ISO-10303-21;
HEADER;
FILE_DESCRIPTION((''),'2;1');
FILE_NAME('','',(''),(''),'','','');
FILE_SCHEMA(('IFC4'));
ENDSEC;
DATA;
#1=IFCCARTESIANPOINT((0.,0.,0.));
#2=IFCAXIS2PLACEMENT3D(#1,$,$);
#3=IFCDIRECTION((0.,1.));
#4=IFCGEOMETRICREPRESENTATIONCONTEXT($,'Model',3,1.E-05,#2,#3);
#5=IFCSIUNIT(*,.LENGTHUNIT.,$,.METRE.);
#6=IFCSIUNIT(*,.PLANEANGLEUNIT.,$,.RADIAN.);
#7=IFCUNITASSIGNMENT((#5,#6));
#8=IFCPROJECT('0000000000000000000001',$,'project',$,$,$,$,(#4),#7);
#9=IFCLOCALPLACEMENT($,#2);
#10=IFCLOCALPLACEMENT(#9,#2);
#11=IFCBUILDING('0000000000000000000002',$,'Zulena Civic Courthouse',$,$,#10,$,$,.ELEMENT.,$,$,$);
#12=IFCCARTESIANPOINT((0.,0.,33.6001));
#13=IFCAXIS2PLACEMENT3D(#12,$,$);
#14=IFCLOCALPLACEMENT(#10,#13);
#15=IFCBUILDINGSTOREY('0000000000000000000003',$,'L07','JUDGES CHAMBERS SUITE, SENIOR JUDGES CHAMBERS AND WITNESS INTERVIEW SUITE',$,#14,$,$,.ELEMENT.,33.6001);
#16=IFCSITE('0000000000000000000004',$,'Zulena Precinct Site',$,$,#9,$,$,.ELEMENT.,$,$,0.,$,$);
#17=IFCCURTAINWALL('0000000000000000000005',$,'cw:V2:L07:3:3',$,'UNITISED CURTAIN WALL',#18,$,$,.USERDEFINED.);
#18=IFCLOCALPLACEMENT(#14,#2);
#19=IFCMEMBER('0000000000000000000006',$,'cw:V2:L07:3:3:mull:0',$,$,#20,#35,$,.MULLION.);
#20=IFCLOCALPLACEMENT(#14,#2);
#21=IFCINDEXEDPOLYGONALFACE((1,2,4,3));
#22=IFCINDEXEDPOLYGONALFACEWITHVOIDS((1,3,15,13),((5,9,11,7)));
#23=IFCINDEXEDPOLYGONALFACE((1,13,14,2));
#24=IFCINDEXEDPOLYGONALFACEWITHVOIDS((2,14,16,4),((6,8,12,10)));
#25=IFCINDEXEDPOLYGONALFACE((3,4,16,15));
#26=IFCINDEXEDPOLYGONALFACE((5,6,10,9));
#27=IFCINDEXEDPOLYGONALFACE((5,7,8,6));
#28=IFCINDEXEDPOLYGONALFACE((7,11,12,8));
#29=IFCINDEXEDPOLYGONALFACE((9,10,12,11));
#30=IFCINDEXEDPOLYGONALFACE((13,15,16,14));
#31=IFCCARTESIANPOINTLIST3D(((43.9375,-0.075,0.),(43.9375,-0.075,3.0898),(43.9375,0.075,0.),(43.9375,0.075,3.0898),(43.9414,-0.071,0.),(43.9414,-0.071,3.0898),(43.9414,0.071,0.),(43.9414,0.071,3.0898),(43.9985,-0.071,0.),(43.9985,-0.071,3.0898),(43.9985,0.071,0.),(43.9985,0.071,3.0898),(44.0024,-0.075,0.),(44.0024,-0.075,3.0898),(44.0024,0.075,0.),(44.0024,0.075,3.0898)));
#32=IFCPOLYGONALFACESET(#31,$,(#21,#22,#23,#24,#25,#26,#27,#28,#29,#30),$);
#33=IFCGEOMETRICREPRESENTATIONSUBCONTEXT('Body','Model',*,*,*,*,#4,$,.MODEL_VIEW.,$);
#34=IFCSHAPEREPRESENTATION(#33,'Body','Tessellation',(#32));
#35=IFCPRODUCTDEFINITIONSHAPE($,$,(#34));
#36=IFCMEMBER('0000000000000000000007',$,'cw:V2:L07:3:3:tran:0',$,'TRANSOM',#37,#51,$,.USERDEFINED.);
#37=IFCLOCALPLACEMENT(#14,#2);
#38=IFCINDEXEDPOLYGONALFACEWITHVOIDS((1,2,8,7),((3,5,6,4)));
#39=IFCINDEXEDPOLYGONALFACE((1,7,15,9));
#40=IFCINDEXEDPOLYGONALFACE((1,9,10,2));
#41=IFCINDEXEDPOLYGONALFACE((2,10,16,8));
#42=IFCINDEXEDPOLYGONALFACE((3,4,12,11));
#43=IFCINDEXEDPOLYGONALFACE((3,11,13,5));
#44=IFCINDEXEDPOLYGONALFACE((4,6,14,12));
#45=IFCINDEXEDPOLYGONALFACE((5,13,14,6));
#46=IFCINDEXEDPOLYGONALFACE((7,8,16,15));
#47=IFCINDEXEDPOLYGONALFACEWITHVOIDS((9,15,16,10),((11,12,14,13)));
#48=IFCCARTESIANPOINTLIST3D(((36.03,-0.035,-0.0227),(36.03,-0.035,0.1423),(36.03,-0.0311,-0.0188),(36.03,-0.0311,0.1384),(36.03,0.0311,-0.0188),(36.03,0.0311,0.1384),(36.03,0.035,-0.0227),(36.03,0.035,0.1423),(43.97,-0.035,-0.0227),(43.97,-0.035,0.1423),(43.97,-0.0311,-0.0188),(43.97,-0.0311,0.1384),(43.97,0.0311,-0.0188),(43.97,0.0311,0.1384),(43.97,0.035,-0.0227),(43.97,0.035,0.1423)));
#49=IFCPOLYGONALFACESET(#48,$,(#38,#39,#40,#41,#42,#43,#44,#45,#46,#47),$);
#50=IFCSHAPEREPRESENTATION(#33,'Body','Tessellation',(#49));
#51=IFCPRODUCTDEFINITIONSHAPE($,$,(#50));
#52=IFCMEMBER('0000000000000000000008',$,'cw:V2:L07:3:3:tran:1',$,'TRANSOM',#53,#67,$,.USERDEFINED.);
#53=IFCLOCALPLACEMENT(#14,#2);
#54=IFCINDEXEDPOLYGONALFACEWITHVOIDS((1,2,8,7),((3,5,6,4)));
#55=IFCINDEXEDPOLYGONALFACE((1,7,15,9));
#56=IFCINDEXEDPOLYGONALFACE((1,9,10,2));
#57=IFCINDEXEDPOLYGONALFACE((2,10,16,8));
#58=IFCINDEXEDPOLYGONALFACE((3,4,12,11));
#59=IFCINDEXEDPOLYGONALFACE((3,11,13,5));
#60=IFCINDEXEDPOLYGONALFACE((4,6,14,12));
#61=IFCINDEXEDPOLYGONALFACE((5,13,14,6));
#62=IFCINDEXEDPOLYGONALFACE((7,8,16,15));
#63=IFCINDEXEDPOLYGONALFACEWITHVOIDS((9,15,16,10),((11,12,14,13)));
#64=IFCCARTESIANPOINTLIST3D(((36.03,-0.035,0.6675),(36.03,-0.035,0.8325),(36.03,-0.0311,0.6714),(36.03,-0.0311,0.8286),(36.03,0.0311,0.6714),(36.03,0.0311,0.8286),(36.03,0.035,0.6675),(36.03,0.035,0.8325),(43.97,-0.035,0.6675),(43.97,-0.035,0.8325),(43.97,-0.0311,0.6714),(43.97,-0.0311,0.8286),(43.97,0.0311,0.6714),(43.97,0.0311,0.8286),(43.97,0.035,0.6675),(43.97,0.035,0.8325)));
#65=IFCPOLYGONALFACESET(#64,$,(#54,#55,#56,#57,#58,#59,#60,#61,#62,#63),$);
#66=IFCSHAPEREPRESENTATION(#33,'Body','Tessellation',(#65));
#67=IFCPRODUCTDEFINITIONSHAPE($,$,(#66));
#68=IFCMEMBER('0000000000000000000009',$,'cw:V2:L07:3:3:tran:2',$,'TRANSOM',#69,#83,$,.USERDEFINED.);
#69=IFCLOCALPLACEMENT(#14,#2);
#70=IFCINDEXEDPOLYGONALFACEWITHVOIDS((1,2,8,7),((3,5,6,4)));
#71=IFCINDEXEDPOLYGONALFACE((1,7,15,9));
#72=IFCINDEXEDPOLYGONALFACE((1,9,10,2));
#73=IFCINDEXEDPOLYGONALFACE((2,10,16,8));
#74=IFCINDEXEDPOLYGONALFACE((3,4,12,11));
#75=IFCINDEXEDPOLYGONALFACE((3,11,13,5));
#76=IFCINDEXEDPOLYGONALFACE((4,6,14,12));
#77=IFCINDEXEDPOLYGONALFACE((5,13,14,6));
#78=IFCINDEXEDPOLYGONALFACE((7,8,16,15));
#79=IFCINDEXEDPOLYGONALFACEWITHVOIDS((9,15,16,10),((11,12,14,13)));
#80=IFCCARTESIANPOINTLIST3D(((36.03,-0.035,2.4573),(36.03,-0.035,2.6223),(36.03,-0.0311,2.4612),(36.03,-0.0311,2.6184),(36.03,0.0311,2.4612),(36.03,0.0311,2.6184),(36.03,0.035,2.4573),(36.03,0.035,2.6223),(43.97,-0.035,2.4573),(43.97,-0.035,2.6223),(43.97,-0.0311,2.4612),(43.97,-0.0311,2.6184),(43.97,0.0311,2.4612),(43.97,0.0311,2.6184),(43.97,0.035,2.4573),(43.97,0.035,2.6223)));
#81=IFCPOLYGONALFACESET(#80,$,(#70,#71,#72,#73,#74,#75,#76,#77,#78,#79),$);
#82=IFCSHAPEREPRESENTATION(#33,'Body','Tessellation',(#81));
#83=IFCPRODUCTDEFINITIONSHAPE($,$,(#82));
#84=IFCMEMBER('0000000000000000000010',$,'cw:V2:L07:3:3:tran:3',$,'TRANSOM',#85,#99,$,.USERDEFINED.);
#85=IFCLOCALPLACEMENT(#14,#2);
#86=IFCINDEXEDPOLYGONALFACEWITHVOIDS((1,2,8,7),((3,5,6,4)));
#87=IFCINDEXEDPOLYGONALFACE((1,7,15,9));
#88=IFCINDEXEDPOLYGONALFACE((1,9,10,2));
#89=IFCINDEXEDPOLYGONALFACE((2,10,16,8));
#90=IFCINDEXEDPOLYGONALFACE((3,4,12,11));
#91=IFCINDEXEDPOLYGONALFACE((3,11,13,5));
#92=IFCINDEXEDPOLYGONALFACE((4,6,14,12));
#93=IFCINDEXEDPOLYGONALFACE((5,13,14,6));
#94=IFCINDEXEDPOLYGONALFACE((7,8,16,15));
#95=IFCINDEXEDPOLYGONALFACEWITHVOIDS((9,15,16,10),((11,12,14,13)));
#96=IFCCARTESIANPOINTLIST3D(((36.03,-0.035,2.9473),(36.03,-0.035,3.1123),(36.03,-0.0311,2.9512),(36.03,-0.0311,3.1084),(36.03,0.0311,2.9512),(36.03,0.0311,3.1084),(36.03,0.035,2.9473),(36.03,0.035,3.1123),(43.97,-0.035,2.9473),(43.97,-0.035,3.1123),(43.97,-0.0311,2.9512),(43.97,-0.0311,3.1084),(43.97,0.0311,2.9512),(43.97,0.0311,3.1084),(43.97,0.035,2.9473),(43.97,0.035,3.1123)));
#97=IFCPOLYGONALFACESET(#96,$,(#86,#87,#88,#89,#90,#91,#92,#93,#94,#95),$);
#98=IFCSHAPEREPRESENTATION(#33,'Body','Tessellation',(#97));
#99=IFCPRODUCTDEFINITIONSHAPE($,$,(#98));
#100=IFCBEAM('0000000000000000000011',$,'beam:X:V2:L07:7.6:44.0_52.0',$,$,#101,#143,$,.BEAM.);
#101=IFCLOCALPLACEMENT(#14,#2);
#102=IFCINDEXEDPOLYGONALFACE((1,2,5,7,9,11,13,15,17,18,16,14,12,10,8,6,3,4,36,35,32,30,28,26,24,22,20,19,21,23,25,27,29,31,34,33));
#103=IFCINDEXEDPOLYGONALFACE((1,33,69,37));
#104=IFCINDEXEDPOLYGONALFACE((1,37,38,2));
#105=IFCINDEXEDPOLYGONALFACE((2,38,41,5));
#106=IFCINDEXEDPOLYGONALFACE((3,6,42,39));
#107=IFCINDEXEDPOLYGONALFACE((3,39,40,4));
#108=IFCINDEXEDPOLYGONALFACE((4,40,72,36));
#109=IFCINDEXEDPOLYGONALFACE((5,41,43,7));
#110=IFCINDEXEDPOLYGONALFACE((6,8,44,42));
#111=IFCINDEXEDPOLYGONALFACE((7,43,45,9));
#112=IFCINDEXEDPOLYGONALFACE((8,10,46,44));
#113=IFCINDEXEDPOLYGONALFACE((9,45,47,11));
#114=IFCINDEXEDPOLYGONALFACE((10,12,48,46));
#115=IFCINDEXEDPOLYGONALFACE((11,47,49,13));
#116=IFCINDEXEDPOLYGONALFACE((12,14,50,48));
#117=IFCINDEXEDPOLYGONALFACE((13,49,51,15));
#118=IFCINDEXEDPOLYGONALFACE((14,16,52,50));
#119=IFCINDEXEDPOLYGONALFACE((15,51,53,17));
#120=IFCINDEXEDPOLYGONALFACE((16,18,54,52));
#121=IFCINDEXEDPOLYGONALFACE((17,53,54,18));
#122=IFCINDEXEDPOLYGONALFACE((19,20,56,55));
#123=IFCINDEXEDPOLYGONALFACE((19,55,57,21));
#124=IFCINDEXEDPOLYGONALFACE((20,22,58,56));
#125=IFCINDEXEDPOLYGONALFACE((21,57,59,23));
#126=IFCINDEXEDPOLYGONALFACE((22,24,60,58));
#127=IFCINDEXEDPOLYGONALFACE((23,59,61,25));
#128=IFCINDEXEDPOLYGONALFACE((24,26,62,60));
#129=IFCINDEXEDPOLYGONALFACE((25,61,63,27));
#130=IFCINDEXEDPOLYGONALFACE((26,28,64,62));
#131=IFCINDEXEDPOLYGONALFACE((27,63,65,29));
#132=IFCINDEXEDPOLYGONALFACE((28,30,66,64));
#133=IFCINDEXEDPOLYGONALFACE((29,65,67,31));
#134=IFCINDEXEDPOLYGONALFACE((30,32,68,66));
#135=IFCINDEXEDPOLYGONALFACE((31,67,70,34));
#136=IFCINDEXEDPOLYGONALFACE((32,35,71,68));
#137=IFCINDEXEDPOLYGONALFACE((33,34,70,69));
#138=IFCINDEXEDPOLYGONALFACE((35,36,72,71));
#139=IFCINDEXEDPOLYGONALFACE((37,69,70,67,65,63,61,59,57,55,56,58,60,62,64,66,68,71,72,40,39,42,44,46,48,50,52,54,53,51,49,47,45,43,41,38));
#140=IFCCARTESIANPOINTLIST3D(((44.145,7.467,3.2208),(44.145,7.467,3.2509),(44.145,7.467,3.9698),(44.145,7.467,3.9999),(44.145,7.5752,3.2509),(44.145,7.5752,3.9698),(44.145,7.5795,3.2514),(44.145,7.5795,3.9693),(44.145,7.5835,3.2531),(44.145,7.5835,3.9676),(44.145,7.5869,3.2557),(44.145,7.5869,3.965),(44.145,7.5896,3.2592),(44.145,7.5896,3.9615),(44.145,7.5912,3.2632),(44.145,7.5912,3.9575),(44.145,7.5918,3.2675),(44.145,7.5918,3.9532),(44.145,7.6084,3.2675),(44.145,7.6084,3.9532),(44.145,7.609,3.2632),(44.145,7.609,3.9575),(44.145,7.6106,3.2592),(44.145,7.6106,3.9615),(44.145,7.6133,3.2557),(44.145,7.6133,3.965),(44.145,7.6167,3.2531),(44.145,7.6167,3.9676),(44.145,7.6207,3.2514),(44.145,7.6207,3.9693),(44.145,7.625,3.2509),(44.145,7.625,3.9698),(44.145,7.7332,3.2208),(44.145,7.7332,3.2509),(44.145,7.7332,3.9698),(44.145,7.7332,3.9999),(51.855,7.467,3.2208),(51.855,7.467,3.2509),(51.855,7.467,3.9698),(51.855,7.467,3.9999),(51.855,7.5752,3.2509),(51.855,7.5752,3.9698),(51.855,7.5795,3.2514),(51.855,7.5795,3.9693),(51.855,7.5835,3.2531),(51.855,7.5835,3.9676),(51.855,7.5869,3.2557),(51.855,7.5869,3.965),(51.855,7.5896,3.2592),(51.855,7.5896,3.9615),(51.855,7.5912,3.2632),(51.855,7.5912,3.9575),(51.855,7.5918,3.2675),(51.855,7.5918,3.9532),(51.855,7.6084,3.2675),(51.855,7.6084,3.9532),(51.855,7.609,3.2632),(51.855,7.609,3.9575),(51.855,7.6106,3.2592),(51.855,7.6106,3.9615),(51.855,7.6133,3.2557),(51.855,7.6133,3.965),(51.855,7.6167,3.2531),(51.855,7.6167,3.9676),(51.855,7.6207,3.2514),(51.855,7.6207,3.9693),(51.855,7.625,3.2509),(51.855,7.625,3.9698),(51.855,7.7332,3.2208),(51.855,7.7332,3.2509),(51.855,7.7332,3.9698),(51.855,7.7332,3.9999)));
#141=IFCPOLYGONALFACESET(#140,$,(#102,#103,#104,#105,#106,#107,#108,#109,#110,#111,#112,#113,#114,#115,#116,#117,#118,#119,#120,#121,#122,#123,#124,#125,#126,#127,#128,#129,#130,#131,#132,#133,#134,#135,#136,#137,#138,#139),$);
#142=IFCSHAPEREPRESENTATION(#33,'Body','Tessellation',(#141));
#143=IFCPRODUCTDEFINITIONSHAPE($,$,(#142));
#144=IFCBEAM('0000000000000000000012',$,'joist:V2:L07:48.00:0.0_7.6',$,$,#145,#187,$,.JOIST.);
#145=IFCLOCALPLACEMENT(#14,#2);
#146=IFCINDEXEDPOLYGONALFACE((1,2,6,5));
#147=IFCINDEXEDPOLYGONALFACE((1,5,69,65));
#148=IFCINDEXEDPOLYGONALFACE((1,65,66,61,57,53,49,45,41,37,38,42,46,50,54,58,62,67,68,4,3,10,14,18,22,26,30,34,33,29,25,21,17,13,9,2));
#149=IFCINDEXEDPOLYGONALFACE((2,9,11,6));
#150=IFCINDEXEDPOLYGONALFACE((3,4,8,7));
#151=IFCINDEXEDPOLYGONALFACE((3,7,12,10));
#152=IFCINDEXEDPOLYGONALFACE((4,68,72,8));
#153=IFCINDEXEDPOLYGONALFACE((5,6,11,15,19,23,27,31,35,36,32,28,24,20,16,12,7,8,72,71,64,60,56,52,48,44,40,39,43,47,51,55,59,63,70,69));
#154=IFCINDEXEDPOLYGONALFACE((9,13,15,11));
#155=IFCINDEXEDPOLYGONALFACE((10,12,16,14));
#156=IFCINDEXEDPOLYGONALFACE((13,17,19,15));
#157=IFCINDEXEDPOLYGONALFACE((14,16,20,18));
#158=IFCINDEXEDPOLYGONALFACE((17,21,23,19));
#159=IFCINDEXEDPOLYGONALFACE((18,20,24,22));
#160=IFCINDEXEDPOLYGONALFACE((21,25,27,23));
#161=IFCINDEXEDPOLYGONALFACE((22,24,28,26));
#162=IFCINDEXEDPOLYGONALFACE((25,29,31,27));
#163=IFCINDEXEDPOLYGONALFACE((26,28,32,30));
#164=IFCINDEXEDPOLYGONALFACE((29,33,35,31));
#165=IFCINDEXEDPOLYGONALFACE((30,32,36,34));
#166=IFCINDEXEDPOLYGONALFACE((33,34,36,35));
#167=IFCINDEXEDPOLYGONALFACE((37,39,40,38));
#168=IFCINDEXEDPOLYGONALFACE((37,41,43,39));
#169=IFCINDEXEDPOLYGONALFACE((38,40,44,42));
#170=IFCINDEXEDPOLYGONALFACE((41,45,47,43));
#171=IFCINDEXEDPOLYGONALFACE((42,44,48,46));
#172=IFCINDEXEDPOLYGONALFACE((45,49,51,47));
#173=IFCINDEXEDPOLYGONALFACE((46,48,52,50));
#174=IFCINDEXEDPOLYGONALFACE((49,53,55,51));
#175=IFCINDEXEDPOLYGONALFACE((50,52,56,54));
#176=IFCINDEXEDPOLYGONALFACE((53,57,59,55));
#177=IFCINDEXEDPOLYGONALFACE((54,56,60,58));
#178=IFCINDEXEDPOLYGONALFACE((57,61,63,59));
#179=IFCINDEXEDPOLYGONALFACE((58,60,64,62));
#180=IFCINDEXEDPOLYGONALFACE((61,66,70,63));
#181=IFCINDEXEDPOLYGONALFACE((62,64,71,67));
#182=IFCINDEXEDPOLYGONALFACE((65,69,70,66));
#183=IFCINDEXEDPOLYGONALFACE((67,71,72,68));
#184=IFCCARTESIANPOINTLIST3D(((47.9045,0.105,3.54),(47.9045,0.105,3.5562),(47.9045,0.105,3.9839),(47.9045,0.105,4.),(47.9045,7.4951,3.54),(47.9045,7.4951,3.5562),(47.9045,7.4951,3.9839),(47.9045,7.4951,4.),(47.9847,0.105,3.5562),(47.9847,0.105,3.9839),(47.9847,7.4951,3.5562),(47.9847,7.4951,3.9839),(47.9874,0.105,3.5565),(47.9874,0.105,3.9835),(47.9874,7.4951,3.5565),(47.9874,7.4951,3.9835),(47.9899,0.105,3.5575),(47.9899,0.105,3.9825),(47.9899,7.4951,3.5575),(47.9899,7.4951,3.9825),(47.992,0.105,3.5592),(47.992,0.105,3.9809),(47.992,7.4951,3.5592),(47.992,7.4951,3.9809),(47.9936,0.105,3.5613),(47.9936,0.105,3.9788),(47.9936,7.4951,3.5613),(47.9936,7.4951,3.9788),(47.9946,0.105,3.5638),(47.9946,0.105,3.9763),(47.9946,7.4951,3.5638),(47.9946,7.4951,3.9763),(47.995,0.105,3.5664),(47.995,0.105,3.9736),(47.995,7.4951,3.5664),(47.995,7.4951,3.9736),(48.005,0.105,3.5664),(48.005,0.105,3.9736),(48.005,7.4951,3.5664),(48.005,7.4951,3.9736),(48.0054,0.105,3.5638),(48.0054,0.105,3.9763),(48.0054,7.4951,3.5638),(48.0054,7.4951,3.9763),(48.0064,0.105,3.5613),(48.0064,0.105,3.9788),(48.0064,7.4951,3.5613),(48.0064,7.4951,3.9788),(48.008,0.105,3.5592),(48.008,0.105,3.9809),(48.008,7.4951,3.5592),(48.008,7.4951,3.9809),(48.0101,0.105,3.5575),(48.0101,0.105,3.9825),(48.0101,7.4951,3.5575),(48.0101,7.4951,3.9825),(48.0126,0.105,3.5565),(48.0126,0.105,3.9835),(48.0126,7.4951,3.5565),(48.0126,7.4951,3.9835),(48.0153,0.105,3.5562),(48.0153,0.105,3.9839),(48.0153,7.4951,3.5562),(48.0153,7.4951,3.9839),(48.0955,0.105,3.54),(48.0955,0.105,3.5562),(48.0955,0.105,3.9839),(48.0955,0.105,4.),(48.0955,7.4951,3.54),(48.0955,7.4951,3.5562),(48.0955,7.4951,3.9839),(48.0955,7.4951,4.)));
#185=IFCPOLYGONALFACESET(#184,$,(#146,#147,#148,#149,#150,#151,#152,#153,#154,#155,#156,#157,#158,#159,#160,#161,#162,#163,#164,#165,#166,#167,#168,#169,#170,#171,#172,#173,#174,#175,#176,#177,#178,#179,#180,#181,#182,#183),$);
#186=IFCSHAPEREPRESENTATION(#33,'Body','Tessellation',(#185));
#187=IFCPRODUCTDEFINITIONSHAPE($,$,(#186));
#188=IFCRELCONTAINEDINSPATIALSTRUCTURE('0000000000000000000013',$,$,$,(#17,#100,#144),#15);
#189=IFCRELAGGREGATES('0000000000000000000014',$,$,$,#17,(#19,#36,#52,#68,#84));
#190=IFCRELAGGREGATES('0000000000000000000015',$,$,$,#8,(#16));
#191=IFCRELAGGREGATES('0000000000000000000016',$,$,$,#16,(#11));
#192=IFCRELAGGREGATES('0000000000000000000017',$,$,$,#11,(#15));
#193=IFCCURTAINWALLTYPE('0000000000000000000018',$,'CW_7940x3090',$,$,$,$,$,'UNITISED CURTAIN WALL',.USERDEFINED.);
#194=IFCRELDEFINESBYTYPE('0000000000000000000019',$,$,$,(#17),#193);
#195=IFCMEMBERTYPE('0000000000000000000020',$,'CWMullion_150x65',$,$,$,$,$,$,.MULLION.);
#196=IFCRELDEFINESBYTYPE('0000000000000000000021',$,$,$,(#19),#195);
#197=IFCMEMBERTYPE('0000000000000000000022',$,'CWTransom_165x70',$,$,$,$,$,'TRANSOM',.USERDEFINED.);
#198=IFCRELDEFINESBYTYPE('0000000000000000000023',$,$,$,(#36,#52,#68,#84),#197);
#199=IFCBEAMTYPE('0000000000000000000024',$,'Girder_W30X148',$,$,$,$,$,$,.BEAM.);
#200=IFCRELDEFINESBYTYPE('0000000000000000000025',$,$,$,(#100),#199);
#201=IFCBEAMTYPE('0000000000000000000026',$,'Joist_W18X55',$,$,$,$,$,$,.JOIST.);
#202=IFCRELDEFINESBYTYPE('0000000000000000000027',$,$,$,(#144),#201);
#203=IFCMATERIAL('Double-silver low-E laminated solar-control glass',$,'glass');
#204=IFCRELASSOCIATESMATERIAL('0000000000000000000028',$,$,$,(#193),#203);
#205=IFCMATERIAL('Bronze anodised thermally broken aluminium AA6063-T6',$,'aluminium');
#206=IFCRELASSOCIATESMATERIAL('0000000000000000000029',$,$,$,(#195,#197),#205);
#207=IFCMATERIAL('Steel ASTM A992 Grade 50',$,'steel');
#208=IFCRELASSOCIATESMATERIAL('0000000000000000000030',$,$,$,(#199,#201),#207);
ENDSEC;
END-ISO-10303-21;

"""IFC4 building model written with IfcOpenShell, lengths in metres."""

from ifc_helpers import new_model, si_unit, direction, frame, origin, origin_2d, place, context, subcontext, project, spatial, hollow_rectangle, i_section, extrude, material, material_profile, profile_set, type_object, element, aggregate, save


model = new_model("IFC4")

# Units and contexts
model_context = context("Model", 3, precision=1e-05, world=origin(), true_north=direction((0.0, 1.0)))
body_context = subcontext(model_context, "Body", "Model", "MODEL_VIEW")
ifc_project = project(units=[si_unit("LENGTHUNIT", "METRE"), si_unit("PLANEANGLEUNIT", "RADIAN")], contexts=[model_context])

# Site, building, storey
site_placement = place(None, origin())
site = spatial("IfcSite", under=ifc_project, at=site_placement, Name="Zulena Precinct Site", CompositionType="ELEMENT", RefElevation=0.0)
building_placement = place(site_placement, origin())
building = spatial("IfcBuilding", under=site, at=building_placement, Name="Zulena Civic Courthouse", CompositionType="ELEMENT")
storey_placement = place(building_placement, frame((0.0, 0.0, 33.6001)))
storey = spatial("IfcBuildingStorey", under=building, at=storey_placement, Name="L07", Description="JUDGES CHAMBERS SUITE, SENIOR JUDGES CHAMBERS AND WITNESS INTERVIEW SUITE", CompositionType="ELEMENT", Elevation=33.6001)

# Shared definitions
ifc_material_1 = material(Name="Steel ASTM A992 Grade 50", Category="steel")

# Curtain wall, members
ifc_material_2 = material(Name="Double-silver low-E laminated solar-control glass", Category="glass")
curtain_wall_type = type_object("IfcCurtainWallType", Name="CW_7940x3090", ElementType="UNITISED CURTAIN WALL", PredefinedType="USERDEFINED", material=ifc_material_2)
curtain_wall_placement = place(storey_placement, origin())
curtain_wall = element("IfcCurtainWall", 1, at=curtain_wall_placement, inside=storey, type_object=curtain_wall_type, Name="cw:V2:L07:3:3", ObjectType="UNITISED CURTAIN WALL", PredefinedType="USERDEFINED")
ifc_material_3 = material(Name="Bronze anodised thermally broken aluminium AA6063-T6", Category="aluminium")
ifc_material_profile_1 = material_profile(ifc_material_3, hollow_rectangle(XDim=0.0649, YDim=0.1499, WallThickness=0.0039, at=origin_2d()), Name="CWM150X65X4")
ifc_profile_set_1 = profile_set([ifc_material_profile_1], Name="Bronze anodised thermally broken aluminium AA6063-T6")
member_type_1 = type_object("IfcMemberType", Name="CWMullion_150x65", PredefinedType="MULLION", material=ifc_profile_set_1)
member_1_placement = place(storey_placement, frame((43.97, 0.0, 0.0), z_axis=(0.0, 0.0, 1.0), x_axis=(1.0, 0.0, 0.0)))
member_1 = element("IfcMember", 2, at=member_1_placement, type_object=member_type_1, Name="cw:V2:L07:3:3:mull:0", PredefinedType="MULLION", context=body_context, shape_type="SweptSolid", body=[
    extrude(hollow_rectangle(XDim=0.0649, YDim=0.1499, WallThickness=0.0039, at=origin_2d()), origin(), (0.0, 0.0, 1.0), 3.0898),
])
ifc_material_profile_2 = material_profile(ifc_material_3, hollow_rectangle(XDim=0.0701, YDim=0.165, WallThickness=0.0039, at=origin_2d()), Name="CWT165X70X4")
ifc_profile_set_2 = profile_set([ifc_material_profile_2], Name="Bronze anodised thermally broken aluminium AA6063-T6")
member_type_2 = type_object("IfcMemberType", Name="CWTransom_165x70", ElementType="TRANSOM", PredefinedType="USERDEFINED", material=ifc_profile_set_2)
member_2_placement = place(storey_placement, frame((43.97, 0.0, 0.0598), z_axis=(-1.0, 0.0, 0.0), x_axis=(0.0, -1.0, 0.0)))
member_2 = element("IfcMember", 3, at=member_2_placement, type_object=member_type_2, Name="cw:V2:L07:3:3:tran:0", ObjectType="TRANSOM", PredefinedType="USERDEFINED", context=body_context, shape_type="SweptSolid", body=[
    extrude(hollow_rectangle(XDim=0.0701, YDim=0.165, WallThickness=0.0039, at=origin_2d()), origin(), (0.0, 0.0, 1.0), 7.9399),
])
member_3_placement = place(storey_placement, frame((43.97, 0.0, 0.75), z_axis=(-1.0, 0.0, 0.0), x_axis=(0.0, -1.0, 0.0)))
member_3 = element("IfcMember", 4, at=member_3_placement, type_object=member_type_2, Name="cw:V2:L07:3:3:tran:1", ObjectType="TRANSOM", PredefinedType="USERDEFINED", context=body_context, shape_type="SweptSolid", body=[
    extrude(hollow_rectangle(XDim=0.0701, YDim=0.165, WallThickness=0.0039, at=origin_2d()), origin(), (0.0, 0.0, 1.0), 7.9399),
])
member_4_placement = place(storey_placement, frame((43.97, 0.0, 2.5398), z_axis=(-1.0, 0.0, 0.0), x_axis=(0.0, -1.0, 0.0)))
member_4 = element("IfcMember", 5, at=member_4_placement, type_object=member_type_2, Name="cw:V2:L07:3:3:tran:2", ObjectType="TRANSOM", PredefinedType="USERDEFINED", context=body_context, shape_type="SweptSolid", body=[
    extrude(hollow_rectangle(XDim=0.0701, YDim=0.165, WallThickness=0.0039, at=origin_2d()), origin(), (0.0, 0.0, 1.0), 7.9399),
])
member_5_placement = place(storey_placement, frame((43.97, 0.0, 3.0298), z_axis=(-1.0, 0.0, 0.0), x_axis=(0.0, -1.0, 0.0)))
member_5 = element("IfcMember", 6, at=member_5_placement, type_object=member_type_2, Name="cw:V2:L07:3:3:tran:3", ObjectType="TRANSOM", PredefinedType="USERDEFINED", context=body_context, shape_type="SweptSolid", body=[
    extrude(hollow_rectangle(XDim=0.0701, YDim=0.165, WallThickness=0.0039, at=origin_2d()), origin(), (0.0, 0.0, 1.0), 7.9399),
])
aggregate(curtain_wall, [member_1, member_2, member_3, member_4, member_5])

# Beams
ifc_material_profile_3 = material_profile(ifc_material_1, i_section(OverallWidth=0.2661, OverallDepth=0.7791, WebThickness=0.0166, FlangeThickness=0.03, FilletRadius=0.0166, at=origin_2d()), Name="W30X148")
ifc_profile_set_3 = profile_set([ifc_material_profile_3], Name="Steel ASTM A992 Grade 50")
beam_type_1 = type_object("IfcBeamType", Name="Girder_W30X148", PredefinedType="BEAM", material=ifc_profile_set_3)
beam_placement = place(storey_placement, frame((44.145, 7.6001, 3.6104), z_axis=(1.0, 0.0, 0.0), x_axis=(0.0, 1.0, 0.0)))
element("IfcBeam", 7, at=beam_placement, inside=storey, type_object=beam_type_1, Name="beam:X:V2:L07:7.6:44.0_52.0", PredefinedType="BEAM", context=body_context, shape_type="SweptSolid", body=[
    extrude(i_section(OverallWidth=0.2661, OverallDepth=0.7791, WebThickness=0.0166, FlangeThickness=0.03, FilletRadius=0.0166, at=origin_2d()), origin(), (0.0, 0.0, 1.0), 7.71),
])
ifc_material_profile_4 = material_profile(ifc_material_1, i_section(OverallWidth=0.1909, OverallDepth=0.46, WebThickness=0.01, FlangeThickness=0.0161, FilletRadius=0.0103, at=origin_2d()), Name="W18X55")
ifc_profile_set_4 = profile_set([ifc_material_profile_4], Name="Steel ASTM A992 Grade 50")
beam_type_2 = type_object("IfcBeamType", Name="Joist_W18X55", PredefinedType="JOIST", material=ifc_profile_set_4)
for number, where, z_axis, x_axis, name in (
    (8, (48.0, 0.105, 3.77), (0.0, 1.0, 0.0), (-1.0, 0.0, 0.0), "joist:V2:L07:48.00:0.0_7.6"),
):
    element("IfcBeam", number, at=place(storey_placement, frame(where, z_axis=z_axis, x_axis=x_axis)), inside=storey, type_object=beam_type_2, Name=name, PredefinedType="JOIST", context=body_context, shape_type="SweptSolid", body=[
        extrude(i_section(OverallWidth=0.1909, OverallDepth=0.46, WebThickness=0.01, FlangeThickness=0.0161, FilletRadius=0.0103, at=origin_2d()), origin(), (0.0, 0.0, 1.0), 7.3901),
    ])

save(model, "model.ifc")
